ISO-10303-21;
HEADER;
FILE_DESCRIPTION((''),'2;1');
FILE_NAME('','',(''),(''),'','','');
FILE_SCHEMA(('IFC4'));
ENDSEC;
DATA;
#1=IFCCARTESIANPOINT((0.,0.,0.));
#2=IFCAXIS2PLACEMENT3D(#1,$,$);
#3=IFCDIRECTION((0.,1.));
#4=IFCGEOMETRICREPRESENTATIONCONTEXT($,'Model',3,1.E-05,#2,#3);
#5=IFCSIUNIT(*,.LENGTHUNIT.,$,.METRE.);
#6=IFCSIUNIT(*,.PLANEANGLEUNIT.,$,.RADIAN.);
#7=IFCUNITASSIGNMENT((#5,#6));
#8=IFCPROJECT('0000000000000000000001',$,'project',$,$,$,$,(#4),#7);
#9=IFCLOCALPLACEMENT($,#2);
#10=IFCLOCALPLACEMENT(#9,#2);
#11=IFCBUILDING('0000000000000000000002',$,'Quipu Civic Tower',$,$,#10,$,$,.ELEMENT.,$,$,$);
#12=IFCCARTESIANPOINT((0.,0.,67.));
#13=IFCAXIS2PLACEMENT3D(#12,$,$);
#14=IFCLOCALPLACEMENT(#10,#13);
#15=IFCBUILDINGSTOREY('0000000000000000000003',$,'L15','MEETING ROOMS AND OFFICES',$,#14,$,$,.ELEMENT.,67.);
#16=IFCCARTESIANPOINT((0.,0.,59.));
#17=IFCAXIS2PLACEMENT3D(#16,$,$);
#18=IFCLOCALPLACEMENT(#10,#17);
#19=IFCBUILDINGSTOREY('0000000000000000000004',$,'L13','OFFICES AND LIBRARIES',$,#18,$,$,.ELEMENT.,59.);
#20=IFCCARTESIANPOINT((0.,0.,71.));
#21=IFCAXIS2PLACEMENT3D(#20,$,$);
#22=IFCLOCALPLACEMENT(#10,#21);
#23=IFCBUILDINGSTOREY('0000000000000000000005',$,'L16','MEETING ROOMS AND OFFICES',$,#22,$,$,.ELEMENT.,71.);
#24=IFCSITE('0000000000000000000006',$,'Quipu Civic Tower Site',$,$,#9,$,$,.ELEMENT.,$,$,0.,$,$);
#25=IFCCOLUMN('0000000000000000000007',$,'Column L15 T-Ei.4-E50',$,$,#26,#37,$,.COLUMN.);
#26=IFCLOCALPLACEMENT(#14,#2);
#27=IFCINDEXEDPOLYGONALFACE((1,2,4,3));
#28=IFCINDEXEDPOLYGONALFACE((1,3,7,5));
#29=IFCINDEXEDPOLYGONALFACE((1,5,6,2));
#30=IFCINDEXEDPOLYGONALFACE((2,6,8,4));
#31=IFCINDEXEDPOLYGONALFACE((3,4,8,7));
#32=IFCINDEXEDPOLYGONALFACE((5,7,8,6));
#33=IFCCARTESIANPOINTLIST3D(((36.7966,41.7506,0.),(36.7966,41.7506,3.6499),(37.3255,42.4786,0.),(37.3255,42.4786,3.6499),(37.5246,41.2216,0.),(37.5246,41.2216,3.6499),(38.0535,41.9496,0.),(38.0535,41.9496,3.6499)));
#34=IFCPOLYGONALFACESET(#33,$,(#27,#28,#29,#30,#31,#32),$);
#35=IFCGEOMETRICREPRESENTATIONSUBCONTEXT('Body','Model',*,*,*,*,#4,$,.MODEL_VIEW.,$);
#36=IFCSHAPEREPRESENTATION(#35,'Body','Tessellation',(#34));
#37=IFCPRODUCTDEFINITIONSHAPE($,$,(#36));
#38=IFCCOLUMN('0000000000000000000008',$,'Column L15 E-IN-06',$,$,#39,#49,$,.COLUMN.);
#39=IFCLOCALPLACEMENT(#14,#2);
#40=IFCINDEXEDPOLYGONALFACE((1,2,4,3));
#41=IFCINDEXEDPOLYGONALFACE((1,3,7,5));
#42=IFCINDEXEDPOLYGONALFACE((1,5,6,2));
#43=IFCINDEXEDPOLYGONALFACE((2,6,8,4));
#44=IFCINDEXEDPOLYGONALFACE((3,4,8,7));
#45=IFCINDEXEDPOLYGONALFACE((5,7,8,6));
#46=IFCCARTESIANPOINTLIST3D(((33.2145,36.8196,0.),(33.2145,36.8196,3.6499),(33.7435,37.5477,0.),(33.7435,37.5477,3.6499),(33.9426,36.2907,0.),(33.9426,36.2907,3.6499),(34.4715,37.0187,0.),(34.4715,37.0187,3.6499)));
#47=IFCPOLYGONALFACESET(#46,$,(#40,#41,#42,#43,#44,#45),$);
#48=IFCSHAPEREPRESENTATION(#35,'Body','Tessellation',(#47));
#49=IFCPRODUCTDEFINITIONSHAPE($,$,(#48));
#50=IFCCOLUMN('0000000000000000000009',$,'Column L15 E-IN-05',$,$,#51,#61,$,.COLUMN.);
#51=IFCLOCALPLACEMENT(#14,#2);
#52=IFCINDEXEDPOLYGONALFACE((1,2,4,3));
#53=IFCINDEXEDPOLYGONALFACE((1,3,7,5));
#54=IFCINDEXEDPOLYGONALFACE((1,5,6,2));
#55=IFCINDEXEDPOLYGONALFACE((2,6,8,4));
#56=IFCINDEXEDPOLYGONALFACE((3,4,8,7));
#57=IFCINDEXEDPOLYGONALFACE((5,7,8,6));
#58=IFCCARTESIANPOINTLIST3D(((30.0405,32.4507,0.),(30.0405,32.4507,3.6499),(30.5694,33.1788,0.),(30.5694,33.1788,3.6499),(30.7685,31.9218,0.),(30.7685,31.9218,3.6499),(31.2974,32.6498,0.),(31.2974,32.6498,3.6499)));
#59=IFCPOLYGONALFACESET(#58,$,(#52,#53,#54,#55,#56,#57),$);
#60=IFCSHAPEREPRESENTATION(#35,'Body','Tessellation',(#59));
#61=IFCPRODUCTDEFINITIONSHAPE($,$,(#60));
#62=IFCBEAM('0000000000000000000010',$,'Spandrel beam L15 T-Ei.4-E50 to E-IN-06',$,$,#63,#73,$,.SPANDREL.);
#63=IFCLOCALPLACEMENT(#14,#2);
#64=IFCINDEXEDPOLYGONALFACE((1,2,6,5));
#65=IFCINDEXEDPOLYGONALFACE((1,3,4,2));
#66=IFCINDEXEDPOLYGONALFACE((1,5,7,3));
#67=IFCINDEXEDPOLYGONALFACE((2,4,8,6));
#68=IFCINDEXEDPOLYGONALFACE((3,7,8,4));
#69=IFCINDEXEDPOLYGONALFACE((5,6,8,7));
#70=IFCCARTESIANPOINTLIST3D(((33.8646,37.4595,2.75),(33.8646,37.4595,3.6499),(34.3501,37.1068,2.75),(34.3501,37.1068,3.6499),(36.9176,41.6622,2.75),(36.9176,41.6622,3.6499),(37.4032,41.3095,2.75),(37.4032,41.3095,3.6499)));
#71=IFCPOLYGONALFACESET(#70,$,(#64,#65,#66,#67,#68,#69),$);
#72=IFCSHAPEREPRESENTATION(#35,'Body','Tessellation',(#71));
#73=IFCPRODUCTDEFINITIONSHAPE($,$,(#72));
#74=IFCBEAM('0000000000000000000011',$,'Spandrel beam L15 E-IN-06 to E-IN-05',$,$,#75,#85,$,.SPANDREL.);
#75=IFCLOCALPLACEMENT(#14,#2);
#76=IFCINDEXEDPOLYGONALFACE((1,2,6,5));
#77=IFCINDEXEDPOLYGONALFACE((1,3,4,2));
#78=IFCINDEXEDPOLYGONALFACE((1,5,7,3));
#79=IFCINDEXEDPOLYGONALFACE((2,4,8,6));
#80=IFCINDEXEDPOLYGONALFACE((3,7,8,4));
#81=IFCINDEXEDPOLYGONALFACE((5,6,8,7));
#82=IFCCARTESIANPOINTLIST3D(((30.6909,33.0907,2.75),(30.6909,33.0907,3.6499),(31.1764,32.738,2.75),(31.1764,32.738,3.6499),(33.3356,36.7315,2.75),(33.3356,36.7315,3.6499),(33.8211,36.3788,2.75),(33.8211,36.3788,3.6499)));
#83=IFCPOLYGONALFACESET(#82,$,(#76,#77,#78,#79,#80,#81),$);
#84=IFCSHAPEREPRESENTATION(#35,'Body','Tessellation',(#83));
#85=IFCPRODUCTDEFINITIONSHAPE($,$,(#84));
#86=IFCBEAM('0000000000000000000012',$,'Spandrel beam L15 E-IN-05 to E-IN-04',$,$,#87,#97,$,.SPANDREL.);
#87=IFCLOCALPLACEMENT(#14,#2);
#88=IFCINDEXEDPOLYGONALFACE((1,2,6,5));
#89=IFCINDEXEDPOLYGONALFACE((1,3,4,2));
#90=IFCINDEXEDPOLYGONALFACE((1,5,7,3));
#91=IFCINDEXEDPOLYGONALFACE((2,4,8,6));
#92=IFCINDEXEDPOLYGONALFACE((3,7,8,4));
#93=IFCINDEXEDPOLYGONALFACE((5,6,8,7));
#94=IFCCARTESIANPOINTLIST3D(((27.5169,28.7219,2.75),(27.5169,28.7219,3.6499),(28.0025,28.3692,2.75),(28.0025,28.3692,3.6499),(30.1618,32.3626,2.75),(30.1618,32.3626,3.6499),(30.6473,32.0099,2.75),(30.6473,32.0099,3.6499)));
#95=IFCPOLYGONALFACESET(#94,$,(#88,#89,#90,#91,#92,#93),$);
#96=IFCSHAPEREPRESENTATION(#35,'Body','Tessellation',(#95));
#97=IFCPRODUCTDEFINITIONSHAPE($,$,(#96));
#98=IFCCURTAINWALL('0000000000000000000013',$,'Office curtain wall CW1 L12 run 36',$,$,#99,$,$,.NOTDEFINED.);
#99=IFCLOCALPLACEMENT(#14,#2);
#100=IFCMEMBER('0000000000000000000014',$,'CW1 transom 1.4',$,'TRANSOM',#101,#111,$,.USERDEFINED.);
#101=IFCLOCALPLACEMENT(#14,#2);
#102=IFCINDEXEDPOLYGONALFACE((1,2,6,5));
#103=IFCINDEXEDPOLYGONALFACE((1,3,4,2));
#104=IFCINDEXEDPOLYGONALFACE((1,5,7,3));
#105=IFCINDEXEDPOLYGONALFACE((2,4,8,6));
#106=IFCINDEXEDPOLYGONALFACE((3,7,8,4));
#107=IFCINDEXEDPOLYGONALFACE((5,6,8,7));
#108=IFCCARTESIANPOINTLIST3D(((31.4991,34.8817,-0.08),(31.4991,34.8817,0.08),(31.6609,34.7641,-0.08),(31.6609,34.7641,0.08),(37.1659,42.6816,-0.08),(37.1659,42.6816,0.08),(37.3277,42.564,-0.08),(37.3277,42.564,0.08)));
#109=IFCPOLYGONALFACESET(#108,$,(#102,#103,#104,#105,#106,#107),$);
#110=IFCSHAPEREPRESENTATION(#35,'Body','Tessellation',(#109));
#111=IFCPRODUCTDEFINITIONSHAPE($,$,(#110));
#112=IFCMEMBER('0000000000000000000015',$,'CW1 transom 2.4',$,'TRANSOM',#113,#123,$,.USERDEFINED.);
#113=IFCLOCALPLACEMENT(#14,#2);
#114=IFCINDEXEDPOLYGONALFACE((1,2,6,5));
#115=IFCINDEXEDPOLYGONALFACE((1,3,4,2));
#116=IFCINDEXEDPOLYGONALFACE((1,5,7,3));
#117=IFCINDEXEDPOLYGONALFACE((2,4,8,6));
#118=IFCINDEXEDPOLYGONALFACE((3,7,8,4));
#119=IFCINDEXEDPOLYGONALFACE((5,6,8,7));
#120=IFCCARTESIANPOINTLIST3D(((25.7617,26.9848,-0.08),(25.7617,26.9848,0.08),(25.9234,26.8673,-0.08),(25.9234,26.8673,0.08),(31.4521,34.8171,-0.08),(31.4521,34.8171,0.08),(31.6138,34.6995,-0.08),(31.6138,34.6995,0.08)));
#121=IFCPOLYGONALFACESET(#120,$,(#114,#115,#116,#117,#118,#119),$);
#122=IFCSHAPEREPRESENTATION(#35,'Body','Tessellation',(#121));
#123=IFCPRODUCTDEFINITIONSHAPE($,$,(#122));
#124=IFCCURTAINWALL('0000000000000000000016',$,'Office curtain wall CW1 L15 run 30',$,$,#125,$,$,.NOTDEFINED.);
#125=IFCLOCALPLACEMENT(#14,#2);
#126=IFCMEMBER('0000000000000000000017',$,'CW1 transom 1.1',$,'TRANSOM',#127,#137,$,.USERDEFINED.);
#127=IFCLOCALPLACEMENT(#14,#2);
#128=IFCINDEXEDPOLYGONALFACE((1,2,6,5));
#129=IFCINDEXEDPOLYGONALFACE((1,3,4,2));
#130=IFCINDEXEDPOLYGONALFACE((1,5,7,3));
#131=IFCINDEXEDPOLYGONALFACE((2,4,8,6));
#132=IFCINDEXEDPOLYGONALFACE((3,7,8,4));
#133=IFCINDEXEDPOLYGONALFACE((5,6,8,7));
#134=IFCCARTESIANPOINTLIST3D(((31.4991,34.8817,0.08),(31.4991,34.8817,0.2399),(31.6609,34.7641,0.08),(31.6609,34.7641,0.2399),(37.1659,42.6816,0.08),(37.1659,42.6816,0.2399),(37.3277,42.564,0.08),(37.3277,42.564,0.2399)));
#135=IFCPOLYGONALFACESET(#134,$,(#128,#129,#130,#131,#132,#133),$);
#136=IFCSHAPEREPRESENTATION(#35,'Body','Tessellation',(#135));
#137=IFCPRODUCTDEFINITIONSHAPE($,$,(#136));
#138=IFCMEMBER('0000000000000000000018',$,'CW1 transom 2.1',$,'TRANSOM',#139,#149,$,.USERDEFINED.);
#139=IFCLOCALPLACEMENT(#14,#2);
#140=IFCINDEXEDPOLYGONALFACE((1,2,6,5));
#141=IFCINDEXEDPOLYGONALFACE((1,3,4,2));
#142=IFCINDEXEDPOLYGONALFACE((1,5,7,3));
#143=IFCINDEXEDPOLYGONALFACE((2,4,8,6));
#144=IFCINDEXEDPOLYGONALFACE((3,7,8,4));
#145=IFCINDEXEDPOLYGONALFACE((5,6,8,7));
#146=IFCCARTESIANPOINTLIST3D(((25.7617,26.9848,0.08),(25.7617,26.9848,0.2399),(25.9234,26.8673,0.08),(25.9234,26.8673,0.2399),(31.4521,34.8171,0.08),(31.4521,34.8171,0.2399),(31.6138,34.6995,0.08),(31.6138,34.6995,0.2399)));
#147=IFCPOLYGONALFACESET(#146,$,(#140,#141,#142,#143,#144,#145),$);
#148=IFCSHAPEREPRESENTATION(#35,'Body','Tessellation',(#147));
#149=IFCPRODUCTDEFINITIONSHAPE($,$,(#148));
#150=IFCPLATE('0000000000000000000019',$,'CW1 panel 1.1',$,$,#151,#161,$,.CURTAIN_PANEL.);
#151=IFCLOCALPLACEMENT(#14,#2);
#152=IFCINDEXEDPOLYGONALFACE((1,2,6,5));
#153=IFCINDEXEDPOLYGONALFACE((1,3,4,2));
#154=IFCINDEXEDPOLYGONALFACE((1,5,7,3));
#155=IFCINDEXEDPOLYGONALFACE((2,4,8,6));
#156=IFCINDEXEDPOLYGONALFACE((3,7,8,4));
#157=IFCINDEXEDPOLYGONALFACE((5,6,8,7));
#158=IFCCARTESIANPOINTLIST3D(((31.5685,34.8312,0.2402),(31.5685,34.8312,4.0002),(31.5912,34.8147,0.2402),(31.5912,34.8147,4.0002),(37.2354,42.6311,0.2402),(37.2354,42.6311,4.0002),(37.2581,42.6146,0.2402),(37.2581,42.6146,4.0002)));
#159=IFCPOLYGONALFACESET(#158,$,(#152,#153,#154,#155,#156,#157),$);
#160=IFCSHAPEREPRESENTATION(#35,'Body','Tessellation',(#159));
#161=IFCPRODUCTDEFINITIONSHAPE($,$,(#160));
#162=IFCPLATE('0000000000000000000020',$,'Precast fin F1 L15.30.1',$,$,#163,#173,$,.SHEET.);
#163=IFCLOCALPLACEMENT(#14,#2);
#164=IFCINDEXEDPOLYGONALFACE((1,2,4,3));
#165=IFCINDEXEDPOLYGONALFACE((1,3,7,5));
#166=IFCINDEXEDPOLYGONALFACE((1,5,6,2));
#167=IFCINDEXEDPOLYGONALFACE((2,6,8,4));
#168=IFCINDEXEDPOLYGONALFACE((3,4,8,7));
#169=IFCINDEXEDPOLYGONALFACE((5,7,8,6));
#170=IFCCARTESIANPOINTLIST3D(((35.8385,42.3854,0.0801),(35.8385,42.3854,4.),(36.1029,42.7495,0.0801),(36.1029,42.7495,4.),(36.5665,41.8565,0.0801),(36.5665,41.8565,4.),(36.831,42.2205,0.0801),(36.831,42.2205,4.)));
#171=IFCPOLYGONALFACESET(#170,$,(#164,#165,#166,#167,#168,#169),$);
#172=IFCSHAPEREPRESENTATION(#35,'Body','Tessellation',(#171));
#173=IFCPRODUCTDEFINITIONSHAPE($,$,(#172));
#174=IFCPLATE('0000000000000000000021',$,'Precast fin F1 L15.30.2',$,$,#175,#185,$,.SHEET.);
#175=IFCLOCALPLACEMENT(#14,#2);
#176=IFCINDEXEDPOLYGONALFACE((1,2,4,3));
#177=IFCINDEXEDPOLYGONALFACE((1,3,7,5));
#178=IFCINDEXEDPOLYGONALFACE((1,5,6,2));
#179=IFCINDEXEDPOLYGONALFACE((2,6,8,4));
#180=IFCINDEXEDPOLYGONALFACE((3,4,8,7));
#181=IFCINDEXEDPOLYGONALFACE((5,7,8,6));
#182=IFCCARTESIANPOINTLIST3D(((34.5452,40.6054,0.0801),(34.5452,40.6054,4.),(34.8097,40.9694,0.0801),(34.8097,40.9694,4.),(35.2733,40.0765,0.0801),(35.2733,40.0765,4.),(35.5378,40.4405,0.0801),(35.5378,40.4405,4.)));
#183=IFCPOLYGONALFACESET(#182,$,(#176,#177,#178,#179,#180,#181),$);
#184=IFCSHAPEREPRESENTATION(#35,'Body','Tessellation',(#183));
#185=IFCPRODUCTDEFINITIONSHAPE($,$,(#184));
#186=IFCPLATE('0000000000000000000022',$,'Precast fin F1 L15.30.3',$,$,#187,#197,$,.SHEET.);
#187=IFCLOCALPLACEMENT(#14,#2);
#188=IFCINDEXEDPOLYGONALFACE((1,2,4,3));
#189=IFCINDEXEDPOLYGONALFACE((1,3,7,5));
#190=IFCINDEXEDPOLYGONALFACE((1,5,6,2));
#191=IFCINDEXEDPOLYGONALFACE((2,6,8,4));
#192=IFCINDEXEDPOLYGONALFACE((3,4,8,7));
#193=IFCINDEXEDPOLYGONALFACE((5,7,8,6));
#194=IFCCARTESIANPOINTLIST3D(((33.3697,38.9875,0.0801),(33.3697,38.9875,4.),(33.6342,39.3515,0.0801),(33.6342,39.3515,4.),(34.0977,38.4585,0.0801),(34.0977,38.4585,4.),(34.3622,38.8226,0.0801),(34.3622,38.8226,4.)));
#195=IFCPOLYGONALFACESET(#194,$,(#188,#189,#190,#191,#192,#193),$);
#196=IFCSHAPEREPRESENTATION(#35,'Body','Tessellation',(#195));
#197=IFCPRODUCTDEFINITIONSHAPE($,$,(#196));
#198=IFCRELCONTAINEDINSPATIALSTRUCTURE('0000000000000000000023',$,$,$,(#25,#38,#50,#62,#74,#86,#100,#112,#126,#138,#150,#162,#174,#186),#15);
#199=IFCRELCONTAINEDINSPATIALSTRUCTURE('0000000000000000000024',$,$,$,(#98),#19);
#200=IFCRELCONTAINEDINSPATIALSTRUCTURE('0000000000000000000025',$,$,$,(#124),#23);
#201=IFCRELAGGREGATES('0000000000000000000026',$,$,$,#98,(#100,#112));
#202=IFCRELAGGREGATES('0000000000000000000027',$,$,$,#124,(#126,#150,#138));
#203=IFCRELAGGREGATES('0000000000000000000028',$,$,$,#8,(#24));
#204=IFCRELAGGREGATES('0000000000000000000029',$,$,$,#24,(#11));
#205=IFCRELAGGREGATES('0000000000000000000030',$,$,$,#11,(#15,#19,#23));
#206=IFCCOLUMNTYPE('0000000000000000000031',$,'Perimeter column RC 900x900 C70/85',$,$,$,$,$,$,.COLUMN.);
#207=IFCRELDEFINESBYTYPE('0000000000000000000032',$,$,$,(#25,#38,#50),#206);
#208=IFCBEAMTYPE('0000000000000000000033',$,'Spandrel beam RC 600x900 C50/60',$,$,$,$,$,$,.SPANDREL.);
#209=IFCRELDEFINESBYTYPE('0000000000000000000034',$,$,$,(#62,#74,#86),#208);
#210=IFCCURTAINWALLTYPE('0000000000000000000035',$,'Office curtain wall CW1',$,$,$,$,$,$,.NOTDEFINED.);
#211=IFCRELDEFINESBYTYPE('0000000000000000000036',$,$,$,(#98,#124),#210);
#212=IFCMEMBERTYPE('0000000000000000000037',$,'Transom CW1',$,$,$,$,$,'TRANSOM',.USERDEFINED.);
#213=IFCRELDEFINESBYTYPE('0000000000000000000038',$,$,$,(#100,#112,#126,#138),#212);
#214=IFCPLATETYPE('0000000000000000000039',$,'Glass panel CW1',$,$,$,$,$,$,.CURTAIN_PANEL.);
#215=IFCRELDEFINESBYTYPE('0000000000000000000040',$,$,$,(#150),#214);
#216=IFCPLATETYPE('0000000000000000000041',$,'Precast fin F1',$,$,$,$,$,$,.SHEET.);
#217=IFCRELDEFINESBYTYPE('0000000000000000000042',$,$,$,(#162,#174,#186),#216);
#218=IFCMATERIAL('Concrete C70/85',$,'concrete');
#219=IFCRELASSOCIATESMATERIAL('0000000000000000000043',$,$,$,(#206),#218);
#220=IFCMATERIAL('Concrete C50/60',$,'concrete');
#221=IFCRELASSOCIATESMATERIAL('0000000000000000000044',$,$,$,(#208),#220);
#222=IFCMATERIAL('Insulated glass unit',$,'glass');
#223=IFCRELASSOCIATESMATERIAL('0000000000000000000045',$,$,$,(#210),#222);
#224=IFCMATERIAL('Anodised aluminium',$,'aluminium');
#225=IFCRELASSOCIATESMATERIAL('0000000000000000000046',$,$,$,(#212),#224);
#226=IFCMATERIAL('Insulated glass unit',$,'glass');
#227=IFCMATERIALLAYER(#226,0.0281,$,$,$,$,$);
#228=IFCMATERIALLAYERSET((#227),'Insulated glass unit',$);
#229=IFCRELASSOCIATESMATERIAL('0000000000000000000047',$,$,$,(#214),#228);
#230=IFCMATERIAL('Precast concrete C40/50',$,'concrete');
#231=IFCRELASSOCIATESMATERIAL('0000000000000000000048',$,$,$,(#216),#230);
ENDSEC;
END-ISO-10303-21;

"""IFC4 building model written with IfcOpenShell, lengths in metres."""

from ifc_helpers import new_model, si_unit, direction, frame, origin, origin_2d, place, context, subcontext, project, spatial, rectangle, extrude, material, layer, layer_set, material_profile, profile_set, type_object, element, aggregate, save


model = new_model("IFC4")

# Units and contexts
model_context = context("Model", 3, precision=1e-05, world=origin(), true_north=direction((0.0, 1.0)))
body_context = subcontext(model_context, "Body", "Model", "MODEL_VIEW")
ifc_project = project(units=[si_unit("LENGTHUNIT", "METRE"), si_unit("PLANEANGLEUNIT", "RADIAN")], contexts=[model_context])

# Site, building, storey
site_placement = place(None, origin())
site = spatial("IfcSite", under=ifc_project, at=site_placement, Name="Quipu Civic Tower Site", CompositionType="ELEMENT", RefElevation=0.0)
building_placement = place(site_placement, origin())
building = spatial("IfcBuilding", under=site, at=building_placement, Name="Quipu Civic Tower", CompositionType="ELEMENT")
storey_1_placement = place(building_placement, frame((0.0, 0.0, 67.0)))
storey_1 = spatial("IfcBuildingStorey", under=building, at=storey_1_placement, Name="L15", Description="MEETING ROOMS AND OFFICES", CompositionType="ELEMENT", Elevation=67.0)

# Columns
ifc_material_1 = material(Name="Concrete C70/85", Category="concrete")
ifc_material_profile_1 = material_profile(ifc_material_1, rectangle(XDim=0.8999, YDim=0.8999, at=origin_2d()), Name="RC900x900")
ifc_profile_set_1 = profile_set([ifc_material_profile_1], Name="Concrete C70/85")
column_type = type_object("IfcColumnType", Name="Perimeter column RC 900x900 C70/85", PredefinedType="COLUMN", material=ifc_profile_set_1)
for number, where, z_axis, x_axis, name in (
    (1, (37.425, 41.8501, 0.0), (0.0, 0.0, 1.0), (-0.587785, -0.809017, 0.0), "Column L15 T-Ei.4-E50"),
    (2, (33.843, 36.9192, 0.0), (0.0, 0.0, 1.0), (-0.587785, -0.809017, 0.0), "Column L15 E-IN-06"),
    (3, (30.6689, 32.5503, 0.0), (0.0, 0.0, 1.0), (-0.587785, -0.809017, 0.0), "Column L15 E-IN-05"),
):
    element("IfcColumn", number, at=place(storey_1_placement, frame(where, z_axis=z_axis, x_axis=x_axis)), inside=storey_1, type_object=column_type, Name=name, PredefinedType="COLUMN", context=body_context, shape_type="SweptSolid", body=[
        extrude(rectangle(XDim=0.8999, YDim=0.8999, at=origin_2d()), origin(), (0.0, 0.0, 1.0), 3.6499),
    ])

# Beams
ifc_material_2 = material(Name="Concrete C50/60", Category="concrete")
ifc_material_profile_2 = material_profile(ifc_material_2, rectangle(XDim=0.6001, YDim=0.8999, at=origin_2d()), Name="RC600x900")
ifc_profile_set_2 = profile_set([ifc_material_profile_2], Name="Concrete C50/60")
beam_type = type_object("IfcBeamType", Name="Spandrel beam RC 600x900 C50/60", PredefinedType="SPANDREL", material=ifc_profile_set_2)
beam_placement = place(storey_1_placement, frame((37.1604, 41.4858, 3.2), z_axis=(-0.587733, -0.809055, 0.0), x_axis=(0.809055, -0.587733, 0.0)))
element("IfcBeam", 4, at=beam_placement, inside=storey_1, type_object=beam_type, Name="Spandrel beam L15 T-Ei.4-E50 to E-IN-06", PredefinedType="SPANDREL", context=body_context, shape_type="SweptSolid", body=[
    extrude(rectangle(XDim=0.6001, YDim=0.8999, at=origin_2d()), origin(), (0.0, 0.0, 1.0), 5.1946),
])
for number, where, z_axis, x_axis, name in (
    (5, (33.5784, 36.5552, 3.2), (-0.587717, -0.809067, 0.0), (0.809067, -0.587717, 0.0), "Spandrel beam L15 E-IN-06 to E-IN-05"),
    (6, (30.4045, 32.1863, 3.2), (-0.587743, -0.809048, 0.0), (0.809048, -0.587743, 0.0), "Spandrel beam L15 E-IN-05 to E-IN-04"),
):
    element("IfcBeam", number, at=place(storey_1_placement, frame(where, z_axis=z_axis, x_axis=x_axis)), inside=storey_1, type_object=beam_type, Name=name, PredefinedType="SPANDREL", context=body_context, shape_type="SweptSolid", body=[
        extrude(rectangle(XDim=0.6001, YDim=0.8999, at=origin_2d()), origin(), (0.0, 0.0, 1.0), 4.5),
    ])

# Shared definitions
storey_2_placement = place(building_placement, frame((0.0, 0.0, 59.0)))
storey_2 = spatial("IfcBuildingStorey", under=building, at=storey_2_placement, Name="L13", Description="OFFICES AND LIBRARIES", CompositionType="ELEMENT", Elevation=59.0)

# Curtain wall, members
ifc_material_3 = material(Name="Insulated glass unit", Category="glass")
curtain_wall_type = type_object("IfcCurtainWallType", Name="Office curtain wall CW1", PredefinedType="NOTDEFINED", material=ifc_material_3)
curtain_wall_1_placement = place(storey_2_placement, origin())
curtain_wall_1 = element("IfcCurtainWall", 7, at=curtain_wall_1_placement, inside=storey_2, type_object=curtain_wall_type, Name="Office curtain wall CW1 L12 run 36", PredefinedType="NOTDEFINED")
ifc_material_4 = material(Name="Anodised aluminium", Category="aluminium")
ifc_material_profile_3 = material_profile(ifc_material_4, rectangle(XDim=0.2, YDim=0.1599, at=origin_2d()), Name="RECT 200x160")
ifc_profile_set_3 = profile_set([ifc_material_profile_3], Name="Anodised aluminium")
member_type = type_object("IfcMemberType", Name="Transom CW1", ElementType="TRANSOM", PredefinedType="USERDEFINED", material=ifc_profile_set_3)
member_1_placement = place(storey_1_placement, frame((37.2468, 42.6228, 0.0), z_axis=(-0.587776, -0.809024, 0.0), x_axis=(0.809024, -0.587776, 0.0)))
member_1 = element("IfcMember", 8, at=member_1_placement, inside=storey_1, type_object=member_type, Name="CW1 transom 1.4", ObjectType="TRANSOM", PredefinedType="USERDEFINED", context=body_context, shape_type="SweptSolid", body=[
    extrude(rectangle(XDim=0.2, YDim=0.1599, at=origin_2d()), origin(), (0.0, 0.0, 1.0), 9.6411),
])
member_2_placement = place(storey_1_placement, frame((31.533, 34.7583, 0.0), z_axis=(-0.587782, -0.80902, 0.0), x_axis=(0.80902, -0.587782, 0.0)))
member_2 = element("IfcMember", 9, at=member_2_placement, inside=storey_1, type_object=member_type, Name="CW1 transom 2.4", ObjectType="TRANSOM", PredefinedType="USERDEFINED", context=body_context, shape_type="SweptSolid", body=[
    extrude(rectangle(XDim=0.2, YDim=0.1599, at=origin_2d()), origin(), (0.0, 0.0, 1.0), 9.6812),
])
aggregate(curtain_wall_1, [member_1, member_2])

# Shared definitions
storey_3_placement = place(building_placement, frame((0.0, 0.0, 71.0)))
storey_3 = spatial("IfcBuildingStorey", under=building, at=storey_3_placement, Name="L16", Description="MEETING ROOMS AND OFFICES", CompositionType="ELEMENT", Elevation=71.0)

# Curtain wall, members, plate
curtain_wall_2_placement = place(storey_3_placement, origin())
curtain_wall_2 = element("IfcCurtainWall", 10, at=curtain_wall_2_placement, inside=storey_3, type_object=curtain_wall_type, Name="Office curtain wall CW1 L15 run 30", PredefinedType="NOTDEFINED")
member_3_placement = place(storey_1_placement, frame((37.2468, 42.6228, 0.1599), z_axis=(-0.587776, -0.809024, 0.0), x_axis=(0.809024, -0.587776, 0.0)))
member_3 = element("IfcMember", 11, at=member_3_placement, inside=storey_1, type_object=member_type, Name="CW1 transom 1.1", ObjectType="TRANSOM", PredefinedType="USERDEFINED", context=body_context, shape_type="SweptSolid", body=[
    extrude(rectangle(XDim=0.2, YDim=0.1599, at=origin_2d()), origin(), (0.0, 0.0, 1.0), 9.6411),
])
member_4_placement = place(storey_1_placement, frame((31.533, 34.7583, 0.1599), z_axis=(-0.587782, -0.80902, 0.0), x_axis=(0.80902, -0.587782, 0.0)))
member_4 = element("IfcMember", 12, at=member_4_placement, inside=storey_1, type_object=member_type, Name="CW1 transom 2.1", ObjectType="TRANSOM", PredefinedType="USERDEFINED", context=body_context, shape_type="SweptSolid", body=[
    extrude(rectangle(XDim=0.2, YDim=0.1599, at=origin_2d()), origin(), (0.0, 0.0, 1.0), 9.6812),
])
ifc_material_5 = material(Name="Insulated glass unit", Category="glass")
ifc_layer_1 = layer(ifc_material_5, 0.0281)
ifc_layer_set_1 = layer_set([ifc_layer_1], Name="Insulated glass unit")
plate_type_1 = type_object("IfcPlateType", Name="Glass panel CW1", PredefinedType="CURTAIN_PANEL", material=ifc_layer_set_1)
plate_placement = place(storey_1_placement, frame((34.4133, 38.7229, 0.2402), z_axis=(0.0, 0.0, 1.0), x_axis=(-0.587786, -0.809017, 0.0)))
plate = element("IfcPlate", 13, at=plate_placement, inside=storey_1, type_object=plate_type_1, Name="CW1 panel 1.1", PredefinedType="CURTAIN_PANEL", context=body_context, shape_type="SweptSolid", body=[
    extrude(rectangle(XDim=9.6411, YDim=0.0281, at=origin_2d()), origin(), (0.0, 0.0, 1.0), 3.76),
])
aggregate(curtain_wall_2, [member_3, plate, member_4])

# Plates
ifc_material_6 = material(Name="Precast concrete C40/50", Category="concrete")
plate_type_2 = type_object("IfcPlateType", Name="Precast fin F1", PredefinedType="SHEET", material=ifc_material_6)
for number, where, z_axis, x_axis, name in (
    (14, (36.3347, 42.303, 0.0801), (0.0, 0.0, 1.0), (-0.587785, -0.809017, 0.0), "Precast fin F1 L15.30.1"),
    (15, (35.0415, 40.5229, 0.0801), (0.0, 0.0, 1.0), (-0.587785, -0.809017, 0.0), "Precast fin F1 L15.30.2"),
    (16, (33.866, 38.905, 0.0801), (0.0, 0.0, 1.0), (-0.587785, -0.809017, 0.0), "Precast fin F1 L15.30.3"),
):
    element("IfcPlate", number, at=place(storey_1_placement, frame(where, z_axis=z_axis, x_axis=x_axis)), inside=storey_1, type_object=plate_type_2, Name=name, PredefinedType="SHEET", context=body_context, shape_type="SweptSolid", body=[
        extrude(rectangle(XDim=0.45, YDim=0.8999, at=origin_2d()), origin(), (0.0, 0.0, 1.0), 3.9199),
    ])

save(model, "model.ifc")
